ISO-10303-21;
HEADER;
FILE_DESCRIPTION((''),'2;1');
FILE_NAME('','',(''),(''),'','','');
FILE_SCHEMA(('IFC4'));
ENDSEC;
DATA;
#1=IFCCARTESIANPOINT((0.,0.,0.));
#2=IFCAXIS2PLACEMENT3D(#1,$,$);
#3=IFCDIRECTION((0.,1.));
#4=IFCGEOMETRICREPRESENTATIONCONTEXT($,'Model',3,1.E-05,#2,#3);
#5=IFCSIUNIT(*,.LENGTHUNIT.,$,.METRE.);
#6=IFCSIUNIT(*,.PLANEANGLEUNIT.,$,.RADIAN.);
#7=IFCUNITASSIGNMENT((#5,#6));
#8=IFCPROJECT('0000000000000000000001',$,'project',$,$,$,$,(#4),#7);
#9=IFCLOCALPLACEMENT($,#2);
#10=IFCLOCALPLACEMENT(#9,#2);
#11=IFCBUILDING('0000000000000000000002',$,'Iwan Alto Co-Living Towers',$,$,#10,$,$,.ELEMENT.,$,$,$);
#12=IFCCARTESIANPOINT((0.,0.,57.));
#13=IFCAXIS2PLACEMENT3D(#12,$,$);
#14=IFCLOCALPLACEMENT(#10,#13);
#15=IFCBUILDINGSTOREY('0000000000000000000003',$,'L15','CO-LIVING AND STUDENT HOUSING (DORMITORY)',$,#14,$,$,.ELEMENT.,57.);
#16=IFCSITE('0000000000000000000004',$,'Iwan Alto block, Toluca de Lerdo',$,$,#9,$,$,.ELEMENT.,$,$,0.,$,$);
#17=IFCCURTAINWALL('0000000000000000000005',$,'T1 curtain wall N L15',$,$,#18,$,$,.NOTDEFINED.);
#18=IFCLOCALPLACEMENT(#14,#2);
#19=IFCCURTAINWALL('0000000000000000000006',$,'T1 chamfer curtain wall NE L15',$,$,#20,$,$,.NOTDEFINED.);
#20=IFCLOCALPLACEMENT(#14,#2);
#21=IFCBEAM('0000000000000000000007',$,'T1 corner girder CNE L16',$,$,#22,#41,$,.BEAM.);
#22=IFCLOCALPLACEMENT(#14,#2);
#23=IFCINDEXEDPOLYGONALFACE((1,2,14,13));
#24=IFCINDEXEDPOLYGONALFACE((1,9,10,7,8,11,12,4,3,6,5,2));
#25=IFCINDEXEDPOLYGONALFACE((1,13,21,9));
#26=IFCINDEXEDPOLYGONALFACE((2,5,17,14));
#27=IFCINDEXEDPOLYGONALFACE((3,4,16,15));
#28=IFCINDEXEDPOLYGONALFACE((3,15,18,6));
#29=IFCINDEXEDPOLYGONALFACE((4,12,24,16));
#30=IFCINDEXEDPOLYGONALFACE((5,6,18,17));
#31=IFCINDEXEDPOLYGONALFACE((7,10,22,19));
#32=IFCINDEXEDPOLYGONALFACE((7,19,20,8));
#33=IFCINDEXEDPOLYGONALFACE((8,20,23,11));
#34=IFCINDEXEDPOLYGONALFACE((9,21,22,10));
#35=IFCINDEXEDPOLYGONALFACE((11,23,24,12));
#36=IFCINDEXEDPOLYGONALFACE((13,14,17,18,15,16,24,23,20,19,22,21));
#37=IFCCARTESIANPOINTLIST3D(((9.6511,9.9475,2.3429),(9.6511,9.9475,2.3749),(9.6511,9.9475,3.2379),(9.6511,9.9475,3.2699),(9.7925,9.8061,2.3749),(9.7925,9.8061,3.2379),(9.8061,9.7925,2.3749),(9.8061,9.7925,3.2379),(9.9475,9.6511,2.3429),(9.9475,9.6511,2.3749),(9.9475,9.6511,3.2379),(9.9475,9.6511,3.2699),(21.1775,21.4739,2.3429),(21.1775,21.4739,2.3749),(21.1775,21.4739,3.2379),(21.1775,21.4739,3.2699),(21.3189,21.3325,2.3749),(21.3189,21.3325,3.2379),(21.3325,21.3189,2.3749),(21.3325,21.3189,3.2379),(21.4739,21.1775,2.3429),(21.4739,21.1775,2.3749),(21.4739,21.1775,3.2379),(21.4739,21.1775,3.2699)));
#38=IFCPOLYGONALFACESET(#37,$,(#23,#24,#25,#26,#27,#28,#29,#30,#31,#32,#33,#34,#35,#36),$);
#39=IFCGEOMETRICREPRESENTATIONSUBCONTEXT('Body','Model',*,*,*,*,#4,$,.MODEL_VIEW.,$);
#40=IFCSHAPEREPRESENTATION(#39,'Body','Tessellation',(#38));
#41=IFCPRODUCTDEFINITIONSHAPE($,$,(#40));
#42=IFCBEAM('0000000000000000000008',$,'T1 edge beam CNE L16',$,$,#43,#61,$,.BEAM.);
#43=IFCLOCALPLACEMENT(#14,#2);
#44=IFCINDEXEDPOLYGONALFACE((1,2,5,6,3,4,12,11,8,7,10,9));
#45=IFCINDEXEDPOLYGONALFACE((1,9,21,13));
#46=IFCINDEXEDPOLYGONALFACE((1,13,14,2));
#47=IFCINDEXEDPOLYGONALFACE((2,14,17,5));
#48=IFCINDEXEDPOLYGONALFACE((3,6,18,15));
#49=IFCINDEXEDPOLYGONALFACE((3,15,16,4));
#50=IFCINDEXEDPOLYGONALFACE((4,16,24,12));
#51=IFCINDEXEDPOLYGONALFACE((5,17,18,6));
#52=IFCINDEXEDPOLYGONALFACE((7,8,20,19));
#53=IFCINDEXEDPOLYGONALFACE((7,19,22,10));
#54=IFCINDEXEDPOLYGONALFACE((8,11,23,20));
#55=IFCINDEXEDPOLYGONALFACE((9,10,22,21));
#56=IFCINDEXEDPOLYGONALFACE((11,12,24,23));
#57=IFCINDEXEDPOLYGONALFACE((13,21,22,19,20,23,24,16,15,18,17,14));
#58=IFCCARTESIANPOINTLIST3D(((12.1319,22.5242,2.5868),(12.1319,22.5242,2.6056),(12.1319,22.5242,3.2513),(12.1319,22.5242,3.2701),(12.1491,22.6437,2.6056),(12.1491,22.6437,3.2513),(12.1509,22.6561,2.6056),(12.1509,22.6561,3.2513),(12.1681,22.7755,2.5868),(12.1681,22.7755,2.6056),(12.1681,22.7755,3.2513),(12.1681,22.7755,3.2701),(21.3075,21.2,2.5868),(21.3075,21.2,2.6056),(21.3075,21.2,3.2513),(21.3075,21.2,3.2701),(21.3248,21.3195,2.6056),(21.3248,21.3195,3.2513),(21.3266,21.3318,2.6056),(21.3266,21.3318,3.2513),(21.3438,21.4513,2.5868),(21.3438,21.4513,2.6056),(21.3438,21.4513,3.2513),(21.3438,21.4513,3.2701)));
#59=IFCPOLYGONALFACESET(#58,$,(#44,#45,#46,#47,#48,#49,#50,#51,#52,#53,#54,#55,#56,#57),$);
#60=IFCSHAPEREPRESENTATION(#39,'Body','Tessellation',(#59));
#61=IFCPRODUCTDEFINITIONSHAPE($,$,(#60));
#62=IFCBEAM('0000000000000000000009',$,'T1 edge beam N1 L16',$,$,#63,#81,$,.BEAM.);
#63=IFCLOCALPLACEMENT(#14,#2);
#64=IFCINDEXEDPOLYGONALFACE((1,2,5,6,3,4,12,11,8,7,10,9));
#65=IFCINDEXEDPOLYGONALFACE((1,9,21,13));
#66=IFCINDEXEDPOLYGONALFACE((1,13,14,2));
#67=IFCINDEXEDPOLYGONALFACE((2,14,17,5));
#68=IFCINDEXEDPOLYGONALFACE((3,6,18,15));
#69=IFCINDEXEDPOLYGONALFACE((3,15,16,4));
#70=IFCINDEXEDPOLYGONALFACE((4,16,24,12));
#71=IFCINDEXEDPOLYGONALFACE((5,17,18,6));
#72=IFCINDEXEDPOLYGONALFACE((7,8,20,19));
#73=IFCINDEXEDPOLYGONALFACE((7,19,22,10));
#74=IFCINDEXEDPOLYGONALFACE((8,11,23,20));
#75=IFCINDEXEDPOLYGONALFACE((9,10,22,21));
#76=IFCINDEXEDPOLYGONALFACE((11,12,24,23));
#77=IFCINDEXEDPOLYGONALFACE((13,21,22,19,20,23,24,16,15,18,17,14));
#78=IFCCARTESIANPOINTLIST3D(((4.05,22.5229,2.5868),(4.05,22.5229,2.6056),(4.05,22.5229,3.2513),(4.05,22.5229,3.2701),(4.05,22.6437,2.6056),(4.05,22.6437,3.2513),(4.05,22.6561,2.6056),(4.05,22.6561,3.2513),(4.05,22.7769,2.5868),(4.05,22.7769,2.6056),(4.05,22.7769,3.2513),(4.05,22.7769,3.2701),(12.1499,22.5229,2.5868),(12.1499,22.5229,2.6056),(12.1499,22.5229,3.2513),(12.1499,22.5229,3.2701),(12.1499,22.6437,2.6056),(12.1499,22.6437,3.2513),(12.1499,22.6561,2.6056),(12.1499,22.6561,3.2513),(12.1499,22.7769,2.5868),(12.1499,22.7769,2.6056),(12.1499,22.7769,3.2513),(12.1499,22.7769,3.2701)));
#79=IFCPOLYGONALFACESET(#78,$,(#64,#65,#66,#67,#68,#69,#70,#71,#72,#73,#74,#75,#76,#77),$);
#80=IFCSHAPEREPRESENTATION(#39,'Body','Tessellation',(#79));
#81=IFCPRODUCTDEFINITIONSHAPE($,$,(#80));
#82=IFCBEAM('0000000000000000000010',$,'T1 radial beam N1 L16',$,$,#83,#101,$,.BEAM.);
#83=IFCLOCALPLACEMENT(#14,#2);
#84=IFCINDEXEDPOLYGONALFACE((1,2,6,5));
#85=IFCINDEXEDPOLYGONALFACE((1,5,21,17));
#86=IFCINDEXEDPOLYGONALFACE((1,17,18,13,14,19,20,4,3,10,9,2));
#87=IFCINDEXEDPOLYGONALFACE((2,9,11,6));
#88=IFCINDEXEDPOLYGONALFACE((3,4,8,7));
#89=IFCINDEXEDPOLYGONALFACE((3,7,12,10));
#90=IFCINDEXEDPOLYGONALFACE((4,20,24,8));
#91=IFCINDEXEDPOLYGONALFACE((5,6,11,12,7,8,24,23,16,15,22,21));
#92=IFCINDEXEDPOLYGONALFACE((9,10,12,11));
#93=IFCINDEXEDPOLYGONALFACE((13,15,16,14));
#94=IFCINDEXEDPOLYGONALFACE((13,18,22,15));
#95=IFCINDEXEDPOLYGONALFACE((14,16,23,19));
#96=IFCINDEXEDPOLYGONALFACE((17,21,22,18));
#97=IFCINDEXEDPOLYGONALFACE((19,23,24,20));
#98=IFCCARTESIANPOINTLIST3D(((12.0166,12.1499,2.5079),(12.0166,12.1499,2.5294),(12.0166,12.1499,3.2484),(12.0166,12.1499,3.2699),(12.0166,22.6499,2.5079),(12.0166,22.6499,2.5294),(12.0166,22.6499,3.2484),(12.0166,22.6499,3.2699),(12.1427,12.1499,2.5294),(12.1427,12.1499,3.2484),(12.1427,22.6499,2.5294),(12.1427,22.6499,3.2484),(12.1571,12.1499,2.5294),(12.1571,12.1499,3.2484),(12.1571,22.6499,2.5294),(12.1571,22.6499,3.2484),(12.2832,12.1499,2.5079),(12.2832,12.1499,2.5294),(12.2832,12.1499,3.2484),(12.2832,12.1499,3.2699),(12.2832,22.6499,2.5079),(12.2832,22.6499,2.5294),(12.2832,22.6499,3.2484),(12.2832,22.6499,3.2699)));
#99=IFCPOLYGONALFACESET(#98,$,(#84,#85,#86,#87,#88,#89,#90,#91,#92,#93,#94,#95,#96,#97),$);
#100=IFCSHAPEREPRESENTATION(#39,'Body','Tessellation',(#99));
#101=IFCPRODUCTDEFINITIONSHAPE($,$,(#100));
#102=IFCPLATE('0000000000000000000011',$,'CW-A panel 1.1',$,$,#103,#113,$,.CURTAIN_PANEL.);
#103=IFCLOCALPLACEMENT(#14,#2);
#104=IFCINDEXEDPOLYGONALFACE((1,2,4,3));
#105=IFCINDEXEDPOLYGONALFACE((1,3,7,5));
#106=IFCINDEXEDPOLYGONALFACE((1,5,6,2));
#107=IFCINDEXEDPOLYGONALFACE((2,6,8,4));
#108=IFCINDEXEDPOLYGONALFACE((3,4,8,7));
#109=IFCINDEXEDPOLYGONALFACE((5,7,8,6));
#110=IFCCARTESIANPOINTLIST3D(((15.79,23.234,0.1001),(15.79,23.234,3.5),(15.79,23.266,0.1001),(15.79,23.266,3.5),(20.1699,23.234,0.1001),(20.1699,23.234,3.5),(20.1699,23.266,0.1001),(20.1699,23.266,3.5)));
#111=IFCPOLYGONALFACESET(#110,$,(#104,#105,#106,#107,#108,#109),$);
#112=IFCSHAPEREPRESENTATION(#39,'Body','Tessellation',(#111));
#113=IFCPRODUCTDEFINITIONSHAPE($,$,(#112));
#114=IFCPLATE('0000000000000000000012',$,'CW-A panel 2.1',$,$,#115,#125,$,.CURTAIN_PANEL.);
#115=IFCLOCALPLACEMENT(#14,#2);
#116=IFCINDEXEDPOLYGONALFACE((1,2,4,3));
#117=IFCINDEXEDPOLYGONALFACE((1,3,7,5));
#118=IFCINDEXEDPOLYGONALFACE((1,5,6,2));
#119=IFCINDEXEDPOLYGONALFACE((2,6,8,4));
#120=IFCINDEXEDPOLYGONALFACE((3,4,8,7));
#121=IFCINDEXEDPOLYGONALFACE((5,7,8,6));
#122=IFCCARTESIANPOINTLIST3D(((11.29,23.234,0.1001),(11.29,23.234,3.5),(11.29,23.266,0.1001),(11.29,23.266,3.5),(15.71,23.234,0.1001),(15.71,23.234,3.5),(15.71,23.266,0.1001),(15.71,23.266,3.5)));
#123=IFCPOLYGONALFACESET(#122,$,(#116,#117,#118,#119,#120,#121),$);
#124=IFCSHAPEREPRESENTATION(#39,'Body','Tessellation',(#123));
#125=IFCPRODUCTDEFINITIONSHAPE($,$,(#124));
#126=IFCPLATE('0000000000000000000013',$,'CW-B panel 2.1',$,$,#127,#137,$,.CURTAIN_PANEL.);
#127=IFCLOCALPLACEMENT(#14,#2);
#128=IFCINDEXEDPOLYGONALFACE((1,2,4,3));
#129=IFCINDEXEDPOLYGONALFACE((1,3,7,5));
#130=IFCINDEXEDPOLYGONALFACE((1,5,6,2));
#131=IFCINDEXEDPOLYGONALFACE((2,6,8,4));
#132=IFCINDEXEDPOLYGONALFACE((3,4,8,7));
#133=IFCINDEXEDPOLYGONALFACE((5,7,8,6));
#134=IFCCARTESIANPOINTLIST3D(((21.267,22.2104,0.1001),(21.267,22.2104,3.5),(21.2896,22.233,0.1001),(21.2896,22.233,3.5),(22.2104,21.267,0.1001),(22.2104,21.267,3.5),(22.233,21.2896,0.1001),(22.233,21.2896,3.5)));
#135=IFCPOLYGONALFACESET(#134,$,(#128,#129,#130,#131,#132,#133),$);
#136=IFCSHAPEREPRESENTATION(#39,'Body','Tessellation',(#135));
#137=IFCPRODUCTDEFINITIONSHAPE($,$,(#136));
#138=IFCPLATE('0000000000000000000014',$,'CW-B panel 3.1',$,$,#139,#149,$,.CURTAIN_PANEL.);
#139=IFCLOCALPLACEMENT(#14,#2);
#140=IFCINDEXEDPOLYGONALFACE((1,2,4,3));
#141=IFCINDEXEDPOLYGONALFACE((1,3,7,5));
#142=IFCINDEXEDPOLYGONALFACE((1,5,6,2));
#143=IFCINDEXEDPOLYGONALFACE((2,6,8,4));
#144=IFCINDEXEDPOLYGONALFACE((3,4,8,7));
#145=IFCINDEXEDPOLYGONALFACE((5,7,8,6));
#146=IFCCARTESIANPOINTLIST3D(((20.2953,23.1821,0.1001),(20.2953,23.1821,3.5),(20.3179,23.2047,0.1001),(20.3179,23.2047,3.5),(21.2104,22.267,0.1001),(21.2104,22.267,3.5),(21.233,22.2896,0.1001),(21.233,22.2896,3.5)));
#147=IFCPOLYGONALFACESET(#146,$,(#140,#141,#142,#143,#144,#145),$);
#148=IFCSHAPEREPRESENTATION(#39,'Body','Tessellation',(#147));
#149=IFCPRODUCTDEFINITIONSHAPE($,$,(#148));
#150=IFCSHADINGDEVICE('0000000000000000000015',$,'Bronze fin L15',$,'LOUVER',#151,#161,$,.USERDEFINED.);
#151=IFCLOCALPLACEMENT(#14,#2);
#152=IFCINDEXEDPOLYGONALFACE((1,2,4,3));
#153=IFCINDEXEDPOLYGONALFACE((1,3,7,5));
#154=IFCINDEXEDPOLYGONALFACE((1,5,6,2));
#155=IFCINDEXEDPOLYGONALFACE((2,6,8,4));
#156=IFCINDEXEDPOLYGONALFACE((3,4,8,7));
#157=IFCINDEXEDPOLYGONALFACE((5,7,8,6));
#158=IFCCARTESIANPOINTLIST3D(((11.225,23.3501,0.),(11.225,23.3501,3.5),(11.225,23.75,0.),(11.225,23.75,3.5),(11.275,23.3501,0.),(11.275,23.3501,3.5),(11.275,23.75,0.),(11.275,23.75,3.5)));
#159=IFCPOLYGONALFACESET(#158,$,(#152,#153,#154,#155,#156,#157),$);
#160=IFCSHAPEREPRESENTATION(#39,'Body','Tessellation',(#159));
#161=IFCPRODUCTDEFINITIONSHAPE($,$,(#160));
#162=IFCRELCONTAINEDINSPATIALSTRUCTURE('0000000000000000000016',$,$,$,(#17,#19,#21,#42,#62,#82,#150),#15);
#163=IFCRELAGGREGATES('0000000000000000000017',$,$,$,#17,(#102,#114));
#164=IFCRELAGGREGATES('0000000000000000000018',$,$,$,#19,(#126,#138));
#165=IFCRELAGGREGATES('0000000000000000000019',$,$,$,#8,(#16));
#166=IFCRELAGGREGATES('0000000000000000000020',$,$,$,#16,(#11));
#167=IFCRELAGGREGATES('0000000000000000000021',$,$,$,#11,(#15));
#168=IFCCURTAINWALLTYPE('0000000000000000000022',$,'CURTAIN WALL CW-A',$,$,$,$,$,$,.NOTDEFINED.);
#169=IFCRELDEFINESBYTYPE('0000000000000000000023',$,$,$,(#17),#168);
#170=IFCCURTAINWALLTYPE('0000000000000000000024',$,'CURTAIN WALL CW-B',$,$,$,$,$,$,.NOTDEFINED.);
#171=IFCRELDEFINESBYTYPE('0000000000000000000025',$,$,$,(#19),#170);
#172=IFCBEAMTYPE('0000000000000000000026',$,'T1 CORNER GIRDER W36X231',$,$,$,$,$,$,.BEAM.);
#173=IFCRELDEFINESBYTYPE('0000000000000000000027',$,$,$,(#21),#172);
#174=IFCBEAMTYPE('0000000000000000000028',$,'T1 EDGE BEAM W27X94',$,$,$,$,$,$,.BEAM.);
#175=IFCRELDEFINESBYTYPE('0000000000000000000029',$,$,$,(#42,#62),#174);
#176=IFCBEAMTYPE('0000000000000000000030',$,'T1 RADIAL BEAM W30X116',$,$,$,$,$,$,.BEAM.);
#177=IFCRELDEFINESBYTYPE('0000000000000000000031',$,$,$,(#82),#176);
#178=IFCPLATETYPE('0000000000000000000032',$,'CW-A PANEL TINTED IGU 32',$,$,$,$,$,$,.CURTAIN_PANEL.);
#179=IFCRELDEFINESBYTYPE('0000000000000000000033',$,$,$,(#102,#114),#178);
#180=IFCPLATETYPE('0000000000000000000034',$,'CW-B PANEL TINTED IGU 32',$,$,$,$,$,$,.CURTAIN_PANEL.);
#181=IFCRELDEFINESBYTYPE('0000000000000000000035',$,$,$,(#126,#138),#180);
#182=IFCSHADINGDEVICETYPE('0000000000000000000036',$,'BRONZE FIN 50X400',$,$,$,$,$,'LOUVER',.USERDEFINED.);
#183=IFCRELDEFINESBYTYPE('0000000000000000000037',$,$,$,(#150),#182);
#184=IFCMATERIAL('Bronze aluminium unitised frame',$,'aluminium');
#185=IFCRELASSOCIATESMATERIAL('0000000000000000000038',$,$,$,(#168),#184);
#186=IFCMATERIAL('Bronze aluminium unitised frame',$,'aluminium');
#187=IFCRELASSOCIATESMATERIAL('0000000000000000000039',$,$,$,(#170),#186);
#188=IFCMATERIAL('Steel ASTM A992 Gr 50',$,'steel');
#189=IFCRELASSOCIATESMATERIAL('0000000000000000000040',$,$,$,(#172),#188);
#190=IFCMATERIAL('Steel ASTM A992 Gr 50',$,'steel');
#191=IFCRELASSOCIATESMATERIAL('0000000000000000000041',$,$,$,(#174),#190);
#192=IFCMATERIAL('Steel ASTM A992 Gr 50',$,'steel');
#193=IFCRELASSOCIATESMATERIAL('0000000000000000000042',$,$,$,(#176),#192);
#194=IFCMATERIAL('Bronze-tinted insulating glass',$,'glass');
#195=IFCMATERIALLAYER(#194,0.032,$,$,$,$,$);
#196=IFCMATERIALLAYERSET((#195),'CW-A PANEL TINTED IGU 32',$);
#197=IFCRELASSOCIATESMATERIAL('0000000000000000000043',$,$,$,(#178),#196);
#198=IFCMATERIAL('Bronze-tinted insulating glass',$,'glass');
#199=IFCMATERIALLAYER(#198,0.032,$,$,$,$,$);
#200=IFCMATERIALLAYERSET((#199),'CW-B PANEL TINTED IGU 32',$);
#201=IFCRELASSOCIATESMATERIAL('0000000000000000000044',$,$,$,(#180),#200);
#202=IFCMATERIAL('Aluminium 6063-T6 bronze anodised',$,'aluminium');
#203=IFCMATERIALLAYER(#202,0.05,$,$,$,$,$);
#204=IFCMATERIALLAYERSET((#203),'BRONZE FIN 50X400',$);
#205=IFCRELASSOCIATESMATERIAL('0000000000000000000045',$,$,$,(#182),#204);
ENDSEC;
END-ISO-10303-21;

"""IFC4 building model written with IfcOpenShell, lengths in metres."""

from ifc_helpers import new_model, si_unit, direction, frame, origin, origin_2d, place, context, subcontext, project, spatial, rectangle, i_section, extrude, material, layer, layer_set, material_profile, profile_set, type_object, element, aggregate, save


model = new_model("IFC4")

# Units and contexts
model_context = context("Model", 3, precision=1e-05, world=origin(), true_north=direction((0.0, 1.0)))
body_context = subcontext(model_context, "Body", "Model", "MODEL_VIEW")
ifc_project = project(units=[si_unit("LENGTHUNIT", "METRE"), si_unit("PLANEANGLEUNIT", "RADIAN")], contexts=[model_context])

# Site, building, storey
site_placement = place(None, origin())
site = spatial("IfcSite", under=ifc_project, at=site_placement, Name="Iwan Alto block, Toluca de Lerdo", CompositionType="ELEMENT", RefElevation=0.0)
building_placement = place(site_placement, origin())
building = spatial("IfcBuilding", under=site, at=building_placement, Name="Iwan Alto Co-Living Towers", CompositionType="ELEMENT")
storey_placement = place(building_placement, frame((0.0, 0.0, 57.0)))
storey = spatial("IfcBuildingStorey", under=building, at=storey_placement, Name="L15", Description="CO-LIVING AND STUDENT HOUSING (DORMITORY)", CompositionType="ELEMENT", Elevation=57.0)

# Curtain walls
ifc_material_1 = material(Name="Bronze aluminium unitised frame", Category="aluminium")
curtain_wall_type_1 = type_object("IfcCurtainWallType", Name="CURTAIN WALL CW-A", PredefinedType="NOTDEFINED", material=ifc_material_1)
curtain_wall_1_placement = place(storey_placement, origin())
curtain_wall_1 = element("IfcCurtainWall", 1, at=curtain_wall_1_placement, inside=storey, type_object=curtain_wall_type_1, Name="T1 curtain wall N L15", PredefinedType="NOTDEFINED")
ifc_material_2 = material(Name="Bronze aluminium unitised frame", Category="aluminium")
curtain_wall_type_2 = type_object("IfcCurtainWallType", Name="CURTAIN WALL CW-B", PredefinedType="NOTDEFINED", material=ifc_material_2)
curtain_wall_2_placement = place(storey_placement, origin())
curtain_wall_2 = element("IfcCurtainWall", 2, at=curtain_wall_2_placement, inside=storey, type_object=curtain_wall_type_2, Name="T1 chamfer curtain wall NE L15", PredefinedType="NOTDEFINED")

# Beams
ifc_material_3 = material(Name="Steel ASTM A992 Gr 50", Category="steel")
ifc_material_profile_1 = material_profile(ifc_material_3, i_section(OverallWidth=0.4192, OverallDepth=0.927, WebThickness=0.0193, FlangeThickness=0.032, at=origin_2d()), Name="W36X231")
ifc_profile_set_1 = profile_set([ifc_material_profile_1], Name="Steel ASTM A992 Gr 50")
beam_type_1 = type_object("IfcBeamType", Name="T1 CORNER GIRDER W36X231", PredefinedType="BEAM", material=ifc_profile_set_1)
beam_1_placement = place(storey_placement, frame((21.3257, 21.3257, 2.8064), z_axis=(-0.707107, -0.707107, 0.0), x_axis=(0.707107, -0.707107, 0.0)))
element("IfcBeam", 3, at=beam_1_placement, inside=storey, type_object=beam_type_1, Name="T1 corner girder CNE L16", PredefinedType="BEAM", context=body_context, shape_type="SweptSolid", body=[
    extrude(i_section(OverallWidth=0.4192, OverallDepth=0.927, WebThickness=0.0193, FlangeThickness=0.032, at=origin_2d()), origin(), (0.0, 0.0, 1.0), 16.3008),
])
ifc_material_4 = material(Name="Steel ASTM A992 Gr 50", Category="steel")
ifc_material_profile_2 = material_profile(ifc_material_4, i_section(OverallWidth=0.2539, OverallDepth=0.6833, WebThickness=0.0125, FlangeThickness=0.0188, at=origin_2d()), Name="W27X94")
ifc_profile_set_2 = profile_set([ifc_material_profile_2], Name="Steel ASTM A992 Gr 50")
beam_type_2 = type_object("IfcBeamType", Name="T1 EDGE BEAM W27X94", PredefinedType="BEAM", material=ifc_profile_set_2)
beam_2_placement = place(storey_placement, frame((21.3257, 21.3257, 2.9285), z_axis=(-0.989746, 0.142837, 0.0), x_axis=(-0.142837, -0.989746, 0.0)))
element("IfcBeam", 4, at=beam_2_placement, inside=storey, type_object=beam_type_2, Name="T1 edge beam CNE L16", PredefinedType="BEAM", context=body_context, shape_type="SweptSolid", body=[
    extrude(i_section(OverallWidth=0.2539, OverallDepth=0.6833, WebThickness=0.0125, FlangeThickness=0.0188, at=origin_2d()), origin(), (0.0, 0.0, 1.0), 9.2708),
])
beam_3_placement = place(storey_placement, frame((12.1499, 22.6499, 2.9285), z_axis=(-1.0, 0.0, 0.0), x_axis=(0.0, -1.0, 0.0)))
element("IfcBeam", 5, at=beam_3_placement, inside=storey, type_object=beam_type_2, Name="T1 edge beam N1 L16", PredefinedType="BEAM", context=body_context, shape_type="SweptSolid", body=[
    extrude(i_section(OverallWidth=0.2539, OverallDepth=0.6833, WebThickness=0.0125, FlangeThickness=0.0188, at=origin_2d()), origin(), (0.0, 0.0, 1.0), 8.0999),
])
ifc_material_5 = material(Name="Steel ASTM A992 Gr 50", Category="steel")
ifc_material_profile_3 = material_profile(ifc_material_5, i_section(OverallWidth=0.2666, OverallDepth=0.762, WebThickness=0.0144, FlangeThickness=0.0215, at=origin_2d()), Name="W30X116")
ifc_profile_set_3 = profile_set([ifc_material_profile_3], Name="Steel ASTM A992 Gr 50")
beam_type_3 = type_object("IfcBeamType", Name="T1 RADIAL BEAM W30X116", PredefinedType="BEAM", material=ifc_profile_set_3)
beam_4_placement = place(storey_placement, frame((12.1499, 22.6499, 2.8889), z_axis=(0.0, -1.0, 0.0), x_axis=(1.0, 0.0, 0.0)))
element("IfcBeam", 6, at=beam_4_placement, inside=storey, type_object=beam_type_3, Name="T1 radial beam N1 L16", PredefinedType="BEAM", context=body_context, shape_type="SweptSolid", body=[
    extrude(i_section(OverallWidth=0.2666, OverallDepth=0.762, WebThickness=0.0144, FlangeThickness=0.0215, at=origin_2d()), origin(), (0.0, 0.0, 1.0), 10.5),
])

# Plates
ifc_material_6 = material(Name="Bronze-tinted insulating glass", Category="glass")
ifc_layer_1 = layer(ifc_material_6, 0.032)
ifc_layer_set_1 = layer_set([ifc_layer_1], Name="CW-A PANEL TINTED IGU 32")
plate_type_1 = type_object("IfcPlateType", Name="CW-A PANEL TINTED IGU 32", PredefinedType="CURTAIN_PANEL", material=ifc_layer_set_1)
plate_1_placement = place(storey_placement, frame((17.98, 23.25, 0.1001), z_axis=(0.0, 0.0, 1.0), x_axis=(-1.0, 0.0, 0.0)))
plate_1 = element("IfcPlate", 7, at=plate_1_placement, type_object=plate_type_1, Name="CW-A panel 1.1", PredefinedType="CURTAIN_PANEL", context=body_context, shape_type="SweptSolid", body=[
    extrude(rectangle(XDim=4.3799, YDim=0.032, at=origin_2d()), origin(), (0.0, 0.0, 1.0), 3.3999),
])
plate_2_placement = place(storey_placement, frame((13.5, 23.25, 0.1001), z_axis=(0.0, 0.0, 1.0), x_axis=(-1.0, 0.0, 0.0)))
plate_2 = element("IfcPlate", 8, at=plate_2_placement, type_object=plate_type_1, Name="CW-A panel 2.1", PredefinedType="CURTAIN_PANEL", context=body_context, shape_type="SweptSolid", body=[
    extrude(rectangle(XDim=4.4199, YDim=0.032, at=origin_2d()), origin(), (0.0, 0.0, 1.0), 3.3999),
])
aggregate(curtain_wall_1, [plate_1, plate_2])
ifc_material_7 = material(Name="Bronze-tinted insulating glass", Category="glass")
ifc_layer_2 = layer(ifc_material_7, 0.032)
ifc_layer_set_2 = layer_set([ifc_layer_2], Name="CW-B PANEL TINTED IGU 32")
plate_type_2 = type_object("IfcPlateType", Name="CW-B PANEL TINTED IGU 32", PredefinedType="CURTAIN_PANEL", material=ifc_layer_set_2)
plate_3_placement = place(storey_placement, frame((21.75, 21.75, 0.1001), z_axis=(0.0, 0.0, 1.0), x_axis=(-0.707107, 0.707107, 0.0)))
plate_3 = element("IfcPlate", 9, at=plate_3_placement, type_object=plate_type_2, Name="CW-B panel 2.1", PredefinedType="CURTAIN_PANEL", context=body_context, shape_type="SweptSolid", body=[
    extrude(rectangle(XDim=1.3342, YDim=0.032, at=origin_2d()), origin(), (0.0, 0.0, 1.0), 3.3999),
])
plate_4_placement = place(storey_placement, frame((20.7642, 22.7358, 0.1001), z_axis=(0.0, 0.0, 1.0), x_axis=(-0.707107, 0.707107, 0.0)))
plate_4 = element("IfcPlate", 10, at=plate_4_placement, type_object=plate_type_2, Name="CW-B panel 3.1", PredefinedType="CURTAIN_PANEL", context=body_context, shape_type="SweptSolid", body=[
    extrude(rectangle(XDim=1.2942, YDim=0.032, at=origin_2d()), origin(), (0.0, 0.0, 1.0), 3.3999),
])
aggregate(curtain_wall_2, [plate_3, plate_4])

# Shading device
ifc_material_8 = material(Name="Aluminium 6063-T6 bronze anodised", Category="aluminium")
ifc_layer_3 = layer(ifc_material_8, 0.05)
ifc_layer_set_3 = layer_set([ifc_layer_3], Name="BRONZE FIN 50X400")
shading_device_type = type_object("IfcShadingDeviceType", Name="BRONZE FIN 50X400", ElementType="LOUVER", PredefinedType="USERDEFINED", material=ifc_layer_set_3)
shading_device_placement = place(storey_placement, frame((11.25, 23.55, 0.0), z_axis=(0.0, 0.0, 1.0), x_axis=(-1.0, 0.0, 0.0)))
element("IfcShadingDevice", 11, at=shading_device_placement, inside=storey, type_object=shading_device_type, Name="Bronze fin L15", ObjectType="LOUVER", PredefinedType="USERDEFINED", context=body_context, shape_type="SweptSolid", body=[
    extrude(rectangle(XDim=0.05, YDim=0.3999, at=origin_2d()), origin(), (0.0, 0.0, 1.0), 3.5),
])

save(model, "model.ifc")
